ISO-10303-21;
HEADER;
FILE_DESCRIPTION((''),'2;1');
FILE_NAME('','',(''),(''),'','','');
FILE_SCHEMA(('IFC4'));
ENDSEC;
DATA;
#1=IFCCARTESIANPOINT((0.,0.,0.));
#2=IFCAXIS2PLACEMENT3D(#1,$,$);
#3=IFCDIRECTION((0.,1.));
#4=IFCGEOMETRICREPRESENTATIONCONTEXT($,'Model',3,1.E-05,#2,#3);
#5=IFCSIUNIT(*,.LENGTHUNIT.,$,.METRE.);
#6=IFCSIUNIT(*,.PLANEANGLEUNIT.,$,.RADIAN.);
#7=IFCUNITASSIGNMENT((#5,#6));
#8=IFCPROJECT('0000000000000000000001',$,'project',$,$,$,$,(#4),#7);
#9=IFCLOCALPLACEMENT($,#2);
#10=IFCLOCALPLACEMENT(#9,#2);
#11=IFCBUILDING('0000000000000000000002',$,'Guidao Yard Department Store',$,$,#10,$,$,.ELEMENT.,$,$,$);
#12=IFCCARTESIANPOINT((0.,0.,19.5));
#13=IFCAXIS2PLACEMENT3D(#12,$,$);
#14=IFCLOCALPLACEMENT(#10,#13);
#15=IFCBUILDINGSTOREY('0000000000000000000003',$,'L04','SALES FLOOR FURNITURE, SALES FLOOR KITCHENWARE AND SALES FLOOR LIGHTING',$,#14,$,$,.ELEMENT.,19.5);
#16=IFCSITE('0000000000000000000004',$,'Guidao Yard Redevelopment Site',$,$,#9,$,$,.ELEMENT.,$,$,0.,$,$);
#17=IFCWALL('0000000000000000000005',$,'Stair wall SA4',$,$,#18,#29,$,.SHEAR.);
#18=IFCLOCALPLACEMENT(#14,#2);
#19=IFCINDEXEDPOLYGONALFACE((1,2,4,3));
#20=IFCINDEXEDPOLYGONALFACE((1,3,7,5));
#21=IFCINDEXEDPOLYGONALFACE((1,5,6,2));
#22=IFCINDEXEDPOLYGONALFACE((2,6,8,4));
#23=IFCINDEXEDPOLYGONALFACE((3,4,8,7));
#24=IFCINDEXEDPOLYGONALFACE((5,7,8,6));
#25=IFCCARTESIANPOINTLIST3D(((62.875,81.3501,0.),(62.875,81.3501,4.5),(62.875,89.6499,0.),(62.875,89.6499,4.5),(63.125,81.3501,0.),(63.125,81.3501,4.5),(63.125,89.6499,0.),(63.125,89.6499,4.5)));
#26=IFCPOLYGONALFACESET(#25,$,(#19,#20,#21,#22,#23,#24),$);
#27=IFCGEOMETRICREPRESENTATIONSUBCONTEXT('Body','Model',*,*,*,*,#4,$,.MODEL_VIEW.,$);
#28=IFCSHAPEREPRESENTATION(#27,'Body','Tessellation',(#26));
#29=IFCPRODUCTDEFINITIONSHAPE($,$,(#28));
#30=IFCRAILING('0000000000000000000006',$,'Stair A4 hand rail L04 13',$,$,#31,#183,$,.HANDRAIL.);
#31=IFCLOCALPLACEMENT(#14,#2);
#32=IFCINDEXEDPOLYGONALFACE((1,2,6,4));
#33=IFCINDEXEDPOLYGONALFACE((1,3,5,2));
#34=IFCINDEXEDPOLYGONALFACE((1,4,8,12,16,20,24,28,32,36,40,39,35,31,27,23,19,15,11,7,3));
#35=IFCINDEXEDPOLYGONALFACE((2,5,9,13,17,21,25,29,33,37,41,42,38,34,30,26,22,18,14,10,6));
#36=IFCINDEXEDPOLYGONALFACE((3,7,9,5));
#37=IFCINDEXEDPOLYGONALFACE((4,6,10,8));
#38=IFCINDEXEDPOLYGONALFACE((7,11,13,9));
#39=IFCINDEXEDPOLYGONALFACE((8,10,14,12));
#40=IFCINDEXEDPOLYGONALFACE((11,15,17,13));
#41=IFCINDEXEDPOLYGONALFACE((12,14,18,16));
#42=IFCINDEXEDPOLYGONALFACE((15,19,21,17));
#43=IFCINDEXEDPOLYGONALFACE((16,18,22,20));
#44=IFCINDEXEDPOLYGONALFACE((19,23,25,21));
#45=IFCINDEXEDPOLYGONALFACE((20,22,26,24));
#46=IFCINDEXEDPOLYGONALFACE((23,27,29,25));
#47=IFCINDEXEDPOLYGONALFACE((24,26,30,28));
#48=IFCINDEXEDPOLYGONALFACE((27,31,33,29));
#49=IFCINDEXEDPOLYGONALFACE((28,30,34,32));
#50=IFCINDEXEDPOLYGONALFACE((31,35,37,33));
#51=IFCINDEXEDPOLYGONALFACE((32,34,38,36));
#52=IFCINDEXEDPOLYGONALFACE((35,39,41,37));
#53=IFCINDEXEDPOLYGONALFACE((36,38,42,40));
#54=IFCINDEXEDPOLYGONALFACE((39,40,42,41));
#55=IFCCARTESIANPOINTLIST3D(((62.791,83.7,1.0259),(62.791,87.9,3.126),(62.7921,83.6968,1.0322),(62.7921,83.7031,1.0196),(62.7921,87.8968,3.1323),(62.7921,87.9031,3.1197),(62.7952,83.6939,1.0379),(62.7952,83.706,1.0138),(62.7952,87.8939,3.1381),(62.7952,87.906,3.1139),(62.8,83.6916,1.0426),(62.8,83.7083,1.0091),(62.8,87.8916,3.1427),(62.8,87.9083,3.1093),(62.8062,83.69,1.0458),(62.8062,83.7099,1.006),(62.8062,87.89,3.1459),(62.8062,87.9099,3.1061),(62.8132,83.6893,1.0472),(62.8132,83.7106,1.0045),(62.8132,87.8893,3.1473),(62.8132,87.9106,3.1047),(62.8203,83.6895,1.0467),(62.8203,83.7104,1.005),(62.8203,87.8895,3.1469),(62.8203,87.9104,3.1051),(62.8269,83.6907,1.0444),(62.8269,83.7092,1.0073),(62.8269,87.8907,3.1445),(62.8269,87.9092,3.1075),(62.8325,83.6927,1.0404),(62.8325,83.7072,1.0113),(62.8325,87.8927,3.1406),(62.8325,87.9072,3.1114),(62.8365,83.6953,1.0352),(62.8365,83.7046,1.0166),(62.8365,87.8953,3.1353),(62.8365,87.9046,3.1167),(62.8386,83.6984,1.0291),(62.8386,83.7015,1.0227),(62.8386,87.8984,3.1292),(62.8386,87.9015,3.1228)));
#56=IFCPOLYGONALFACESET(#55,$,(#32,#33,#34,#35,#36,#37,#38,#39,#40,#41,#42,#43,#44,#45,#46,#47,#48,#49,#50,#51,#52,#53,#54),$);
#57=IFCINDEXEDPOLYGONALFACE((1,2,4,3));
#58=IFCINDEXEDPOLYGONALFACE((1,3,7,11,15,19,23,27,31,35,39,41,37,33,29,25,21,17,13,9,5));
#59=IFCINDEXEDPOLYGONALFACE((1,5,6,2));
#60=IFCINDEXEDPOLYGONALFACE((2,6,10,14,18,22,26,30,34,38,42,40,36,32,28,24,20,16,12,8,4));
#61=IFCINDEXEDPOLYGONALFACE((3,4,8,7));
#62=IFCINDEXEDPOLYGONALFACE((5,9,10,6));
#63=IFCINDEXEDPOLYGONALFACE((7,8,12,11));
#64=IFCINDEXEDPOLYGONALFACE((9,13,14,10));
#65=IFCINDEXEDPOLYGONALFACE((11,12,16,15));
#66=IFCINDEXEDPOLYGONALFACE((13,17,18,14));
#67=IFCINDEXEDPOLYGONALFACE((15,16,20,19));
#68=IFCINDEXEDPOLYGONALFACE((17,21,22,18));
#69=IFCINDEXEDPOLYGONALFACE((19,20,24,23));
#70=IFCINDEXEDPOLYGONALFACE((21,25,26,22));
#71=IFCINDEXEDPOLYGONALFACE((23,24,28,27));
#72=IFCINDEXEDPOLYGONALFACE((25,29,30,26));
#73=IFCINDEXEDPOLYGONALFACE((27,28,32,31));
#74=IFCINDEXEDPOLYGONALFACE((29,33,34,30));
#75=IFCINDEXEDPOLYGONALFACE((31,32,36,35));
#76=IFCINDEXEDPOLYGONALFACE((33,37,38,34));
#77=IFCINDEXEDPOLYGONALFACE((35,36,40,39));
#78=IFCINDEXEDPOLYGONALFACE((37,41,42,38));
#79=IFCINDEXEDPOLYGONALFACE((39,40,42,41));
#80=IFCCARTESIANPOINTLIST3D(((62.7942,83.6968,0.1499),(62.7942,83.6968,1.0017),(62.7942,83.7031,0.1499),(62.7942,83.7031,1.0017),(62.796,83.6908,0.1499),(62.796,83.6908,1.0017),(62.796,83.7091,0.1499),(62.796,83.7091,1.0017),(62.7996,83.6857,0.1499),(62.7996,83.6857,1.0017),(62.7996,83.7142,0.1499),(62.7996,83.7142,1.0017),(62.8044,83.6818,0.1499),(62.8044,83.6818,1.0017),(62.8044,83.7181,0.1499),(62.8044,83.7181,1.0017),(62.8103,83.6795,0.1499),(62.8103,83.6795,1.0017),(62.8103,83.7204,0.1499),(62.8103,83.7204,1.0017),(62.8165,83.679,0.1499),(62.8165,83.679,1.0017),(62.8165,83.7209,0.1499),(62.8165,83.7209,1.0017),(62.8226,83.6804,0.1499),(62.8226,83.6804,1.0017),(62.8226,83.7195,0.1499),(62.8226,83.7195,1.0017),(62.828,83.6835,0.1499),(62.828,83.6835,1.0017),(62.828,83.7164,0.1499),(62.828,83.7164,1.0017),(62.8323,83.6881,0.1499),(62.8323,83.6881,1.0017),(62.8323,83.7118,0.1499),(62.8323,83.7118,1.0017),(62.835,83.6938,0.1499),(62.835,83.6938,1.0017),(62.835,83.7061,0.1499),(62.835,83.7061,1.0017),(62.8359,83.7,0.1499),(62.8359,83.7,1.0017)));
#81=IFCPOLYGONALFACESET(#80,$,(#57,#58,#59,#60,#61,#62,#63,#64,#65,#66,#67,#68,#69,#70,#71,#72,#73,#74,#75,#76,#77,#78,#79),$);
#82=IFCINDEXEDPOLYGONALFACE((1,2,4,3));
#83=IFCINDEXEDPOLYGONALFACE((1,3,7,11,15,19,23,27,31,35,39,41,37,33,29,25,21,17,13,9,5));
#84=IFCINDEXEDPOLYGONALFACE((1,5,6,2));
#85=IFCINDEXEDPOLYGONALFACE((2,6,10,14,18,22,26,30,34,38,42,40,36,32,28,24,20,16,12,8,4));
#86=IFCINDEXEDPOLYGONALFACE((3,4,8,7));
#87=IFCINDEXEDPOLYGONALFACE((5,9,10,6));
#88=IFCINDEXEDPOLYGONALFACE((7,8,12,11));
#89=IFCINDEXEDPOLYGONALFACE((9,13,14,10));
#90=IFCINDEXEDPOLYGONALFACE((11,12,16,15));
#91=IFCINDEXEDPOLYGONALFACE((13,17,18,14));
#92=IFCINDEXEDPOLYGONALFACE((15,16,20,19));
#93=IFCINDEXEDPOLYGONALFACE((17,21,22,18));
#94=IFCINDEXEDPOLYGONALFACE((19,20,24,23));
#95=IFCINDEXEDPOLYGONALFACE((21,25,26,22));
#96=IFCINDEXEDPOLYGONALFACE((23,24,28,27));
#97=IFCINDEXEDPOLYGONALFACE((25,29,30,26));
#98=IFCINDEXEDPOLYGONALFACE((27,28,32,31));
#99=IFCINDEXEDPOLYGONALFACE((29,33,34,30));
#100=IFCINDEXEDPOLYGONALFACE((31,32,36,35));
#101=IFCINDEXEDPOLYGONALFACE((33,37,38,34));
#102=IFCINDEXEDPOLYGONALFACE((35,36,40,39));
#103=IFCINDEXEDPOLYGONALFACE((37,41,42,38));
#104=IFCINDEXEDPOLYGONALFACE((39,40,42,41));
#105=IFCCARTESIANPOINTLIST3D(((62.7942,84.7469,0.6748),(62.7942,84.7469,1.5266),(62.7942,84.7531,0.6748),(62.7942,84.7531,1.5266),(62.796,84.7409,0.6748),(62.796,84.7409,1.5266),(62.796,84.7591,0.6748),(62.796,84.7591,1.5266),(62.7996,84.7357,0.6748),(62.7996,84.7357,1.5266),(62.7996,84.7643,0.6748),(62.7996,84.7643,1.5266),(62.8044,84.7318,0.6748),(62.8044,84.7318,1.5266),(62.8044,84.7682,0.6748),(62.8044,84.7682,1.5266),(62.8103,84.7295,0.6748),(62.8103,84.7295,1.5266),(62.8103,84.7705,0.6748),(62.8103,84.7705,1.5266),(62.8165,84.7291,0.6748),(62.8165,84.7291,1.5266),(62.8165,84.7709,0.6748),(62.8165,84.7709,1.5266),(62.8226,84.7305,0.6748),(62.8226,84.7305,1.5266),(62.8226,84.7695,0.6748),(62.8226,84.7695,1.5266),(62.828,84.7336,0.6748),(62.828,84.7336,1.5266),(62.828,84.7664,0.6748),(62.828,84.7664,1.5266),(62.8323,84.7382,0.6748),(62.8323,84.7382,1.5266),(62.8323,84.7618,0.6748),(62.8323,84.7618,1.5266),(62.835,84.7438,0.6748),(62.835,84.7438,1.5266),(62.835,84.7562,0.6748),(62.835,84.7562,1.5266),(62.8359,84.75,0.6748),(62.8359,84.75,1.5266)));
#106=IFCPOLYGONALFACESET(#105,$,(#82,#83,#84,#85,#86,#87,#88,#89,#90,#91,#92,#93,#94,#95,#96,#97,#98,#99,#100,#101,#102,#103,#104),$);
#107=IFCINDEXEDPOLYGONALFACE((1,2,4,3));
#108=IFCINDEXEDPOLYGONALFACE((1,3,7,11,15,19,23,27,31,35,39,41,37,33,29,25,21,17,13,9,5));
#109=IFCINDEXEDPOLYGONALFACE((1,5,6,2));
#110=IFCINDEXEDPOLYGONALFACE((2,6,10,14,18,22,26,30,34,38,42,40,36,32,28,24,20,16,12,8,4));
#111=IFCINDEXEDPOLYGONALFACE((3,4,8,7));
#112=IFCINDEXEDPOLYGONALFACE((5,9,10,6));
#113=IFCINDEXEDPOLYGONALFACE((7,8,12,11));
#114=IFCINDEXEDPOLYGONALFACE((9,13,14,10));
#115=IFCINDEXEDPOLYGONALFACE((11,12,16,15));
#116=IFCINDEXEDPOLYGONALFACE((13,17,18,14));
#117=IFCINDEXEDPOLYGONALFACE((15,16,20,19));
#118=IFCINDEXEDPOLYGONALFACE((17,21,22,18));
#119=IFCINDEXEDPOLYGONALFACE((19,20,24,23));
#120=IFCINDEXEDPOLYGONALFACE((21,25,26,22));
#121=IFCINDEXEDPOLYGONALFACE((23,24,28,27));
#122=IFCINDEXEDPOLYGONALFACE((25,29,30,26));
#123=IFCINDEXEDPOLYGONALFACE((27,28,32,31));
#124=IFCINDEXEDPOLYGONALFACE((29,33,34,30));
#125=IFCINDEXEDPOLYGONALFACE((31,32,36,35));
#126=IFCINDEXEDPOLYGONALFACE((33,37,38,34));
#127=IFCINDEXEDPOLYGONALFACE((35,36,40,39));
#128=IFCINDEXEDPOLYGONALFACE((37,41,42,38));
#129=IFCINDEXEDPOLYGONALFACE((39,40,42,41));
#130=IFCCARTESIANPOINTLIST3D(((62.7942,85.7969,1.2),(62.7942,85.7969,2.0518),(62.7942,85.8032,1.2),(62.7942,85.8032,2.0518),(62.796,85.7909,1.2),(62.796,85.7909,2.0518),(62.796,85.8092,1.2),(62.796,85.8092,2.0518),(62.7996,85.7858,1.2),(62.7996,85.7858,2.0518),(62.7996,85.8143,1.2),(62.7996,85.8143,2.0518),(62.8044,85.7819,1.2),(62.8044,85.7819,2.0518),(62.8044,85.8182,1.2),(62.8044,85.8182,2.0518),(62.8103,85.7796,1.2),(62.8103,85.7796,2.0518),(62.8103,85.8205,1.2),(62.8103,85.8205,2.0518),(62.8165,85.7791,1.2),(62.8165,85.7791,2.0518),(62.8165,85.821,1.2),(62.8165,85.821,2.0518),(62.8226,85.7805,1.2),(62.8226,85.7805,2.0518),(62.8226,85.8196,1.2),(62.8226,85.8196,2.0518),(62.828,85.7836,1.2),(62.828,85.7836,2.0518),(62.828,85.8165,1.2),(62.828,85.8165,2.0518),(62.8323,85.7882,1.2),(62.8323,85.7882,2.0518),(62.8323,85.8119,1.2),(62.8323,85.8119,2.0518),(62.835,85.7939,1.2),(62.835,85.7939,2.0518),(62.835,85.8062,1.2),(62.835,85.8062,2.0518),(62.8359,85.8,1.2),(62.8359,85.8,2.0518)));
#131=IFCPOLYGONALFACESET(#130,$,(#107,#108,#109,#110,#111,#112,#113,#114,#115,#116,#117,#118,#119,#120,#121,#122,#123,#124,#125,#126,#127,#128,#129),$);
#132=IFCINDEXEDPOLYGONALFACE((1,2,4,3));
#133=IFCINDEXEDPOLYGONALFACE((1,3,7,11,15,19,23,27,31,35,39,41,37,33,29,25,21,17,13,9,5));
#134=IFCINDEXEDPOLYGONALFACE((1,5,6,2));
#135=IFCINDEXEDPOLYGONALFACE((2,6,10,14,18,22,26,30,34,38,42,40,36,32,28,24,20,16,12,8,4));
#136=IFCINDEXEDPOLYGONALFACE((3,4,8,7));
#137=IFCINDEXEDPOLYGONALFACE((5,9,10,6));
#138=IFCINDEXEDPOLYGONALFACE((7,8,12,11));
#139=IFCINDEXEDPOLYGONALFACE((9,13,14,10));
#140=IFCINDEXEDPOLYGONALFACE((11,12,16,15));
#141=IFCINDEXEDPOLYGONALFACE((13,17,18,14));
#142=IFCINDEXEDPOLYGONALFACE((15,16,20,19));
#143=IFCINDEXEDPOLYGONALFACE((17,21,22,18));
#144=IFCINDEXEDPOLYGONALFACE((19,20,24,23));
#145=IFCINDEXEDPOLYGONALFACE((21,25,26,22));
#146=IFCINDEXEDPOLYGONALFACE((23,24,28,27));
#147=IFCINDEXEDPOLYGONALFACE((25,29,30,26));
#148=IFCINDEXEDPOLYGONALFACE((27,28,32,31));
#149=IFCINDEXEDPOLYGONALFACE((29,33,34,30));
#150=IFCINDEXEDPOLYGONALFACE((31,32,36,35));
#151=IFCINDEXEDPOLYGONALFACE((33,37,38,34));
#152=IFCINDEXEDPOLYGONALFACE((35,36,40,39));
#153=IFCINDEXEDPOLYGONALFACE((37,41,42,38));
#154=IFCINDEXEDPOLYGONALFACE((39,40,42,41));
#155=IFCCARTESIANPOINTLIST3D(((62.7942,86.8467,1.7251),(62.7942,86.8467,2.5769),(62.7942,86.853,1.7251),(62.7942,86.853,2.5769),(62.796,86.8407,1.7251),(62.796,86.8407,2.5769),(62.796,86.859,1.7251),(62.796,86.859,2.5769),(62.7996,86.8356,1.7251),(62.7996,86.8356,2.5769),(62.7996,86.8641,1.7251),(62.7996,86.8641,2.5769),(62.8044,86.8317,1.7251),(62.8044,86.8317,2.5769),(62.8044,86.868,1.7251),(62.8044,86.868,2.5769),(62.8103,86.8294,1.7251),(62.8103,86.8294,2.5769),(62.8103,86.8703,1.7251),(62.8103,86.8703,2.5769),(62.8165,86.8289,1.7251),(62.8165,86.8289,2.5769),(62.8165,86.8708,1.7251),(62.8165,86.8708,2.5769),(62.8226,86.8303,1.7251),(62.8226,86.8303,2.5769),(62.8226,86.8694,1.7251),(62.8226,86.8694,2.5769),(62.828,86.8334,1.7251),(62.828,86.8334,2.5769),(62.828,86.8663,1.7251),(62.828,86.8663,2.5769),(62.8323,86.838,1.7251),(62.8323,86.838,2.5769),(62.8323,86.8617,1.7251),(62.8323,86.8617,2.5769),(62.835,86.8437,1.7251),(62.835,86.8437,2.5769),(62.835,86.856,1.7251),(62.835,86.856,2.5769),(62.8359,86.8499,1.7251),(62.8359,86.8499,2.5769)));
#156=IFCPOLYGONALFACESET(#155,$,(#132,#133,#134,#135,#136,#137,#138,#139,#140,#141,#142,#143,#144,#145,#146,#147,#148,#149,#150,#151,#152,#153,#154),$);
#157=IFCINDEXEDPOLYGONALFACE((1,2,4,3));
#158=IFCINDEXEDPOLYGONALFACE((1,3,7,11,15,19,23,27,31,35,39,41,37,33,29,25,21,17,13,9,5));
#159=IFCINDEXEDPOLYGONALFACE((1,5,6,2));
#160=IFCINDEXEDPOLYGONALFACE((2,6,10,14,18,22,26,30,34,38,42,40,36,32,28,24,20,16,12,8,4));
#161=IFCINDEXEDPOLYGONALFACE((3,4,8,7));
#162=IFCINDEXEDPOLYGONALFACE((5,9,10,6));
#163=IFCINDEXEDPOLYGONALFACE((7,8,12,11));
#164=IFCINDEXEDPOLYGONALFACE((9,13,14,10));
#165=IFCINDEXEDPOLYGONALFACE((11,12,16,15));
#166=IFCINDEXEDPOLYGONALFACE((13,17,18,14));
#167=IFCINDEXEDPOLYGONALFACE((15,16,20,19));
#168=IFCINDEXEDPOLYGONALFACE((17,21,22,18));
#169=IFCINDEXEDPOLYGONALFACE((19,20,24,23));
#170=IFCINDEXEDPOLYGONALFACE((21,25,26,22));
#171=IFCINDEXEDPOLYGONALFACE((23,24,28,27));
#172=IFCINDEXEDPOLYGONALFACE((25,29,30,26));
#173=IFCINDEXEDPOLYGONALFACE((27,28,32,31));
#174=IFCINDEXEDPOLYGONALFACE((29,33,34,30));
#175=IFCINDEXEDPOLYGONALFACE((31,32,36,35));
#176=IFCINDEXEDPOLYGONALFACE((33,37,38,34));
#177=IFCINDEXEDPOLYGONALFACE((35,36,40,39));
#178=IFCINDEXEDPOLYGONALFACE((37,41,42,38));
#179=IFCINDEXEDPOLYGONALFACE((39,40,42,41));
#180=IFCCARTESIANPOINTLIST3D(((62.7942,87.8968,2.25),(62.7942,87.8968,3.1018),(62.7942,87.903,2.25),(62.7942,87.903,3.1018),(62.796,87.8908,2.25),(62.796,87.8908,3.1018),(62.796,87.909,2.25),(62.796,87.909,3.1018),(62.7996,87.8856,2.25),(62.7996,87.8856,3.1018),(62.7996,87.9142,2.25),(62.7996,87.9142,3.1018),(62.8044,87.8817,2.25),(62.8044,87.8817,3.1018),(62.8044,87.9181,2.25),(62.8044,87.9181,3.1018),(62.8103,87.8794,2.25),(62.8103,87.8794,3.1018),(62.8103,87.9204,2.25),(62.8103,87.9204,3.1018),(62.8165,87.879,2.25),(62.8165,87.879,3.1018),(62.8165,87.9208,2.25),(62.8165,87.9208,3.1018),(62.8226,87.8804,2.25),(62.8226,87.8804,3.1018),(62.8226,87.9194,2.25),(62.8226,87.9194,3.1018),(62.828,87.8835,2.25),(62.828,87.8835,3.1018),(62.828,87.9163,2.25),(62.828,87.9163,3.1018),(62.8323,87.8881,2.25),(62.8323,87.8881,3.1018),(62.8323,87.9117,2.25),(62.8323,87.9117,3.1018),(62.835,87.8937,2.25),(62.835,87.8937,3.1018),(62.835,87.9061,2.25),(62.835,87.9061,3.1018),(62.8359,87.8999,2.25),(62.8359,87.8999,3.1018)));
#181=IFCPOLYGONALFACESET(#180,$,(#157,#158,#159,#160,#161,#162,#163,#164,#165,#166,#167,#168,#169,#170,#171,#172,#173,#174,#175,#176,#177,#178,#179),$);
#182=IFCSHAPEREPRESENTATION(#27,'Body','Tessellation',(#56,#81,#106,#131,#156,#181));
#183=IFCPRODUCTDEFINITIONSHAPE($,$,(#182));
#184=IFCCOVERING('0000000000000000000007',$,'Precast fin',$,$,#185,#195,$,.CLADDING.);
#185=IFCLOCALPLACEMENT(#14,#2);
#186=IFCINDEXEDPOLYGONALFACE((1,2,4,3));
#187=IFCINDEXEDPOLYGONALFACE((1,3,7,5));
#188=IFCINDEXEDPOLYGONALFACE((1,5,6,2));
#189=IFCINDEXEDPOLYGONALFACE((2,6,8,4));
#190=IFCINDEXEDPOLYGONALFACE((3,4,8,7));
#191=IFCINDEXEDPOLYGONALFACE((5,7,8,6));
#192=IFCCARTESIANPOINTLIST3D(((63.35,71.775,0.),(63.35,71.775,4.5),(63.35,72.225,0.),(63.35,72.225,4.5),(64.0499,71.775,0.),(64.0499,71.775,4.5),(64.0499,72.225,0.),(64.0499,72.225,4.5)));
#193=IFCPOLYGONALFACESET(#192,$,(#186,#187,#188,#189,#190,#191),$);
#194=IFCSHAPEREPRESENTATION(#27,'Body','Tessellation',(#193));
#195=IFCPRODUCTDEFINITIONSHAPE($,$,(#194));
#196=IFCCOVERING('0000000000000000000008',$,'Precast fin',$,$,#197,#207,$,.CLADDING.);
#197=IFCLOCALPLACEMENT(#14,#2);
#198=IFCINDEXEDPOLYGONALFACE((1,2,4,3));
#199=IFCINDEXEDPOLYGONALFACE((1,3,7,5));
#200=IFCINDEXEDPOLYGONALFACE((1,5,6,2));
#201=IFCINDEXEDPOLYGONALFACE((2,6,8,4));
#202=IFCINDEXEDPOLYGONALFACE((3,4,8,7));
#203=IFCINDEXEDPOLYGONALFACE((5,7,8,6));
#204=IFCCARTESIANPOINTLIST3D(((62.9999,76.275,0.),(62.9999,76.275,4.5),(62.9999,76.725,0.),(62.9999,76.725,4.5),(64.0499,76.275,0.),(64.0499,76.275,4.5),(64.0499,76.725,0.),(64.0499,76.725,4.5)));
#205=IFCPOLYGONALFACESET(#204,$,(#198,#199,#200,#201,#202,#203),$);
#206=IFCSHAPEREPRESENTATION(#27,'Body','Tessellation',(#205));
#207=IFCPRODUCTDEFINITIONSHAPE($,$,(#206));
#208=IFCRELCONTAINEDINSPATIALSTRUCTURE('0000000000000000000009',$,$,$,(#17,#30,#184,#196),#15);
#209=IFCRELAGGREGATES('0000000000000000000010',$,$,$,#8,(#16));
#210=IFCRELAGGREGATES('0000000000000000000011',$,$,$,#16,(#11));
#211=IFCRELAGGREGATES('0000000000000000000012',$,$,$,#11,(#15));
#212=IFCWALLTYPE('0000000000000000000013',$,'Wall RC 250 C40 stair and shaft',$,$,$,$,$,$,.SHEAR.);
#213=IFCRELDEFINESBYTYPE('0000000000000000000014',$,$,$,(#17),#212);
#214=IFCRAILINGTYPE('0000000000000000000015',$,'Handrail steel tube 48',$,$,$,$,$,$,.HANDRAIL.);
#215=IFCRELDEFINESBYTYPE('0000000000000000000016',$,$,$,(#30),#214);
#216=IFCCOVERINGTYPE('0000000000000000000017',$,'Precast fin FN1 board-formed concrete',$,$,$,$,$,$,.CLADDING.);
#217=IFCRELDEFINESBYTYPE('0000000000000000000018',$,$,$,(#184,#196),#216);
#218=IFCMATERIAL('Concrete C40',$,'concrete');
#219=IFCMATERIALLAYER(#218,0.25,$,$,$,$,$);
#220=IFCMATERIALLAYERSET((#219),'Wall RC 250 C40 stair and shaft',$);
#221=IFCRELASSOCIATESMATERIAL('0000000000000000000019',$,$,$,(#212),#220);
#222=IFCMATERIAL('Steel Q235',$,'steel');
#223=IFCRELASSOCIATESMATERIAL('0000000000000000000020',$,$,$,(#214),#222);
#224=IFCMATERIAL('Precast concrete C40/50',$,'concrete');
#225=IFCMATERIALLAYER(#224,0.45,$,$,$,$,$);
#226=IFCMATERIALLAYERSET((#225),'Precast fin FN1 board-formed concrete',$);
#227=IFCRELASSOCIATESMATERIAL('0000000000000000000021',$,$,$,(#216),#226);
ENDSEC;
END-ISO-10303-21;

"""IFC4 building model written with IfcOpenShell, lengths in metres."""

from ifc_helpers import new_model, si_unit, direction, frame, frame_2d, origin, origin_2d, place, context, subcontext, project, spatial, rectangle, circle, extrude, material, layer, layer_set, type_object, element, save


model = new_model("IFC4")

# Units and contexts
model_context = context("Model", 3, precision=1e-05, world=origin(), true_north=direction((0.0, 1.0)))
body_context = subcontext(model_context, "Body", "Model", "MODEL_VIEW")
ifc_project = project(units=[si_unit("LENGTHUNIT", "METRE"), si_unit("PLANEANGLEUNIT", "RADIAN")], contexts=[model_context])

# Site, building, storey
site_placement = place(None, origin())
site = spatial("IfcSite", under=ifc_project, at=site_placement, Name="Guidao Yard Redevelopment Site", CompositionType="ELEMENT", RefElevation=0.0)
building_placement = place(site_placement, origin())
building = spatial("IfcBuilding", under=site, at=building_placement, Name="Guidao Yard Department Store", CompositionType="ELEMENT")
storey_placement = place(building_placement, frame((0.0, 0.0, 19.5)))
storey = spatial("IfcBuildingStorey", under=building, at=storey_placement, Name="L04", Description="SALES FLOOR FURNITURE, SALES FLOOR KITCHENWARE AND SALES FLOOR LIGHTING", CompositionType="ELEMENT", Elevation=19.5)

# Wall
ifc_material_1 = material(Name="Concrete C40", Category="concrete")
ifc_layer_1 = layer(ifc_material_1, 0.25)
ifc_layer_set_1 = layer_set([ifc_layer_1], Name="Wall RC 250 C40 stair and shaft")
wall_type_1 = type_object("IfcWallType", Name="Wall RC 250 C40 stair and shaft", PredefinedType="SHEAR", material=ifc_layer_set_1)
wall_1_placement = place(storey_placement, frame((63.0, 81.3501, 0.0), z_axis=(0.0, 0.0, 1.0), x_axis=(0.0, 1.0, 0.0)))
element("IfcWall", 1, at=wall_1_placement, inside=storey, type_object=wall_type_1, Name="Stair wall SA4", PredefinedType="SHEAR", context=body_context, shape_type="SweptSolid", body=[
    extrude(rectangle(XDim=8.2998, YDim=0.25, at=frame_2d((4.1499, 0.0))), origin(), (0.0, 0.0, 1.0), 4.5),
])

# Railing
ifc_material_2 = material(Name="Steel Q235", Category="steel")
railing_type = type_object("IfcRailingType", Name="Handrail steel tube 48", PredefinedType="HANDRAIL", material=ifc_material_2)
railing_placement = place(storey_placement, frame((62.8149, 83.7, 0.1499)))
element("IfcRailing", 2, at=railing_placement, inside=storey, type_object=railing_type, Name="Stair A4 hand rail L04 13", PredefinedType="HANDRAIL", context=body_context, shape_type="SweptSolid", body=[
    extrude(circle(Radius=0.0239, at=origin_2d()), frame((0.0, 0.0, 0.876), z_axis=(0.0, 0.894417, 0.447234), x_axis=(-1.0, 0.0, 0.0)), (0.0, 0.0, 1.0), 4.6958),
    extrude(circle(Radius=0.021, at=origin_2d()), origin(), (0.0, 0.0, 1.0), 0.8518),
    extrude(circle(Radius=0.021, at=origin_2d()), frame((0.0, 1.05, 0.5249)), (0.0, 0.0, 1.0), 0.8518),
    extrude(circle(Radius=0.021, at=origin_2d()), frame((0.0, 2.1001, 1.05)), (0.0, 0.0, 1.0), 0.8518),
    extrude(circle(Radius=0.021, at=origin_2d()), frame((0.0, 3.1499, 1.5752)), (0.0, 0.0, 1.0), 0.8518),
    extrude(circle(Radius=0.021, at=origin_2d()), frame((0.0, 4.2, 2.1001)), (0.0, 0.0, 1.0), 0.8518),
])

# Coverings
ifc_material_3 = material(Name="Precast concrete C40/50", Category="concrete")
ifc_layer_2 = layer(ifc_material_3, 0.45)
ifc_layer_set_2 = layer_set([ifc_layer_2], Name="Precast fin FN1 board-formed concrete")
covering_type = type_object("IfcCoveringType", Name="Precast fin FN1 board-formed concrete", PredefinedType="CLADDING", material=ifc_layer_set_2)
covering_1_placement = place(storey_placement, frame((63.7, 72.0, 0.0), z_axis=(0.0, 0.0, 1.0), x_axis=(0.0, -1.0, 0.0)))
element("IfcCovering", 3, at=covering_1_placement, inside=storey, type_object=covering_type, Name="Precast fin", PredefinedType="CLADDING", context=body_context, shape_type="SweptSolid", body=[
    extrude(rectangle(XDim=0.45, YDim=0.7, at=origin_2d()), origin(), (0.0, 0.0, 1.0), 4.5),
])
covering_2_placement = place(storey_placement, frame((63.5249, 76.5, 0.0), z_axis=(0.0, 0.0, 1.0), x_axis=(0.0, -1.0, 0.0)))
element("IfcCovering", 4, at=covering_2_placement, inside=storey, type_object=covering_type, Name="Precast fin", PredefinedType="CLADDING", context=body_context, shape_type="SweptSolid", body=[
    extrude(rectangle(XDim=0.45, YDim=1.05, at=origin_2d()), origin(), (0.0, 0.0, 1.0), 4.5),
])

save(model, "model.ifc")
